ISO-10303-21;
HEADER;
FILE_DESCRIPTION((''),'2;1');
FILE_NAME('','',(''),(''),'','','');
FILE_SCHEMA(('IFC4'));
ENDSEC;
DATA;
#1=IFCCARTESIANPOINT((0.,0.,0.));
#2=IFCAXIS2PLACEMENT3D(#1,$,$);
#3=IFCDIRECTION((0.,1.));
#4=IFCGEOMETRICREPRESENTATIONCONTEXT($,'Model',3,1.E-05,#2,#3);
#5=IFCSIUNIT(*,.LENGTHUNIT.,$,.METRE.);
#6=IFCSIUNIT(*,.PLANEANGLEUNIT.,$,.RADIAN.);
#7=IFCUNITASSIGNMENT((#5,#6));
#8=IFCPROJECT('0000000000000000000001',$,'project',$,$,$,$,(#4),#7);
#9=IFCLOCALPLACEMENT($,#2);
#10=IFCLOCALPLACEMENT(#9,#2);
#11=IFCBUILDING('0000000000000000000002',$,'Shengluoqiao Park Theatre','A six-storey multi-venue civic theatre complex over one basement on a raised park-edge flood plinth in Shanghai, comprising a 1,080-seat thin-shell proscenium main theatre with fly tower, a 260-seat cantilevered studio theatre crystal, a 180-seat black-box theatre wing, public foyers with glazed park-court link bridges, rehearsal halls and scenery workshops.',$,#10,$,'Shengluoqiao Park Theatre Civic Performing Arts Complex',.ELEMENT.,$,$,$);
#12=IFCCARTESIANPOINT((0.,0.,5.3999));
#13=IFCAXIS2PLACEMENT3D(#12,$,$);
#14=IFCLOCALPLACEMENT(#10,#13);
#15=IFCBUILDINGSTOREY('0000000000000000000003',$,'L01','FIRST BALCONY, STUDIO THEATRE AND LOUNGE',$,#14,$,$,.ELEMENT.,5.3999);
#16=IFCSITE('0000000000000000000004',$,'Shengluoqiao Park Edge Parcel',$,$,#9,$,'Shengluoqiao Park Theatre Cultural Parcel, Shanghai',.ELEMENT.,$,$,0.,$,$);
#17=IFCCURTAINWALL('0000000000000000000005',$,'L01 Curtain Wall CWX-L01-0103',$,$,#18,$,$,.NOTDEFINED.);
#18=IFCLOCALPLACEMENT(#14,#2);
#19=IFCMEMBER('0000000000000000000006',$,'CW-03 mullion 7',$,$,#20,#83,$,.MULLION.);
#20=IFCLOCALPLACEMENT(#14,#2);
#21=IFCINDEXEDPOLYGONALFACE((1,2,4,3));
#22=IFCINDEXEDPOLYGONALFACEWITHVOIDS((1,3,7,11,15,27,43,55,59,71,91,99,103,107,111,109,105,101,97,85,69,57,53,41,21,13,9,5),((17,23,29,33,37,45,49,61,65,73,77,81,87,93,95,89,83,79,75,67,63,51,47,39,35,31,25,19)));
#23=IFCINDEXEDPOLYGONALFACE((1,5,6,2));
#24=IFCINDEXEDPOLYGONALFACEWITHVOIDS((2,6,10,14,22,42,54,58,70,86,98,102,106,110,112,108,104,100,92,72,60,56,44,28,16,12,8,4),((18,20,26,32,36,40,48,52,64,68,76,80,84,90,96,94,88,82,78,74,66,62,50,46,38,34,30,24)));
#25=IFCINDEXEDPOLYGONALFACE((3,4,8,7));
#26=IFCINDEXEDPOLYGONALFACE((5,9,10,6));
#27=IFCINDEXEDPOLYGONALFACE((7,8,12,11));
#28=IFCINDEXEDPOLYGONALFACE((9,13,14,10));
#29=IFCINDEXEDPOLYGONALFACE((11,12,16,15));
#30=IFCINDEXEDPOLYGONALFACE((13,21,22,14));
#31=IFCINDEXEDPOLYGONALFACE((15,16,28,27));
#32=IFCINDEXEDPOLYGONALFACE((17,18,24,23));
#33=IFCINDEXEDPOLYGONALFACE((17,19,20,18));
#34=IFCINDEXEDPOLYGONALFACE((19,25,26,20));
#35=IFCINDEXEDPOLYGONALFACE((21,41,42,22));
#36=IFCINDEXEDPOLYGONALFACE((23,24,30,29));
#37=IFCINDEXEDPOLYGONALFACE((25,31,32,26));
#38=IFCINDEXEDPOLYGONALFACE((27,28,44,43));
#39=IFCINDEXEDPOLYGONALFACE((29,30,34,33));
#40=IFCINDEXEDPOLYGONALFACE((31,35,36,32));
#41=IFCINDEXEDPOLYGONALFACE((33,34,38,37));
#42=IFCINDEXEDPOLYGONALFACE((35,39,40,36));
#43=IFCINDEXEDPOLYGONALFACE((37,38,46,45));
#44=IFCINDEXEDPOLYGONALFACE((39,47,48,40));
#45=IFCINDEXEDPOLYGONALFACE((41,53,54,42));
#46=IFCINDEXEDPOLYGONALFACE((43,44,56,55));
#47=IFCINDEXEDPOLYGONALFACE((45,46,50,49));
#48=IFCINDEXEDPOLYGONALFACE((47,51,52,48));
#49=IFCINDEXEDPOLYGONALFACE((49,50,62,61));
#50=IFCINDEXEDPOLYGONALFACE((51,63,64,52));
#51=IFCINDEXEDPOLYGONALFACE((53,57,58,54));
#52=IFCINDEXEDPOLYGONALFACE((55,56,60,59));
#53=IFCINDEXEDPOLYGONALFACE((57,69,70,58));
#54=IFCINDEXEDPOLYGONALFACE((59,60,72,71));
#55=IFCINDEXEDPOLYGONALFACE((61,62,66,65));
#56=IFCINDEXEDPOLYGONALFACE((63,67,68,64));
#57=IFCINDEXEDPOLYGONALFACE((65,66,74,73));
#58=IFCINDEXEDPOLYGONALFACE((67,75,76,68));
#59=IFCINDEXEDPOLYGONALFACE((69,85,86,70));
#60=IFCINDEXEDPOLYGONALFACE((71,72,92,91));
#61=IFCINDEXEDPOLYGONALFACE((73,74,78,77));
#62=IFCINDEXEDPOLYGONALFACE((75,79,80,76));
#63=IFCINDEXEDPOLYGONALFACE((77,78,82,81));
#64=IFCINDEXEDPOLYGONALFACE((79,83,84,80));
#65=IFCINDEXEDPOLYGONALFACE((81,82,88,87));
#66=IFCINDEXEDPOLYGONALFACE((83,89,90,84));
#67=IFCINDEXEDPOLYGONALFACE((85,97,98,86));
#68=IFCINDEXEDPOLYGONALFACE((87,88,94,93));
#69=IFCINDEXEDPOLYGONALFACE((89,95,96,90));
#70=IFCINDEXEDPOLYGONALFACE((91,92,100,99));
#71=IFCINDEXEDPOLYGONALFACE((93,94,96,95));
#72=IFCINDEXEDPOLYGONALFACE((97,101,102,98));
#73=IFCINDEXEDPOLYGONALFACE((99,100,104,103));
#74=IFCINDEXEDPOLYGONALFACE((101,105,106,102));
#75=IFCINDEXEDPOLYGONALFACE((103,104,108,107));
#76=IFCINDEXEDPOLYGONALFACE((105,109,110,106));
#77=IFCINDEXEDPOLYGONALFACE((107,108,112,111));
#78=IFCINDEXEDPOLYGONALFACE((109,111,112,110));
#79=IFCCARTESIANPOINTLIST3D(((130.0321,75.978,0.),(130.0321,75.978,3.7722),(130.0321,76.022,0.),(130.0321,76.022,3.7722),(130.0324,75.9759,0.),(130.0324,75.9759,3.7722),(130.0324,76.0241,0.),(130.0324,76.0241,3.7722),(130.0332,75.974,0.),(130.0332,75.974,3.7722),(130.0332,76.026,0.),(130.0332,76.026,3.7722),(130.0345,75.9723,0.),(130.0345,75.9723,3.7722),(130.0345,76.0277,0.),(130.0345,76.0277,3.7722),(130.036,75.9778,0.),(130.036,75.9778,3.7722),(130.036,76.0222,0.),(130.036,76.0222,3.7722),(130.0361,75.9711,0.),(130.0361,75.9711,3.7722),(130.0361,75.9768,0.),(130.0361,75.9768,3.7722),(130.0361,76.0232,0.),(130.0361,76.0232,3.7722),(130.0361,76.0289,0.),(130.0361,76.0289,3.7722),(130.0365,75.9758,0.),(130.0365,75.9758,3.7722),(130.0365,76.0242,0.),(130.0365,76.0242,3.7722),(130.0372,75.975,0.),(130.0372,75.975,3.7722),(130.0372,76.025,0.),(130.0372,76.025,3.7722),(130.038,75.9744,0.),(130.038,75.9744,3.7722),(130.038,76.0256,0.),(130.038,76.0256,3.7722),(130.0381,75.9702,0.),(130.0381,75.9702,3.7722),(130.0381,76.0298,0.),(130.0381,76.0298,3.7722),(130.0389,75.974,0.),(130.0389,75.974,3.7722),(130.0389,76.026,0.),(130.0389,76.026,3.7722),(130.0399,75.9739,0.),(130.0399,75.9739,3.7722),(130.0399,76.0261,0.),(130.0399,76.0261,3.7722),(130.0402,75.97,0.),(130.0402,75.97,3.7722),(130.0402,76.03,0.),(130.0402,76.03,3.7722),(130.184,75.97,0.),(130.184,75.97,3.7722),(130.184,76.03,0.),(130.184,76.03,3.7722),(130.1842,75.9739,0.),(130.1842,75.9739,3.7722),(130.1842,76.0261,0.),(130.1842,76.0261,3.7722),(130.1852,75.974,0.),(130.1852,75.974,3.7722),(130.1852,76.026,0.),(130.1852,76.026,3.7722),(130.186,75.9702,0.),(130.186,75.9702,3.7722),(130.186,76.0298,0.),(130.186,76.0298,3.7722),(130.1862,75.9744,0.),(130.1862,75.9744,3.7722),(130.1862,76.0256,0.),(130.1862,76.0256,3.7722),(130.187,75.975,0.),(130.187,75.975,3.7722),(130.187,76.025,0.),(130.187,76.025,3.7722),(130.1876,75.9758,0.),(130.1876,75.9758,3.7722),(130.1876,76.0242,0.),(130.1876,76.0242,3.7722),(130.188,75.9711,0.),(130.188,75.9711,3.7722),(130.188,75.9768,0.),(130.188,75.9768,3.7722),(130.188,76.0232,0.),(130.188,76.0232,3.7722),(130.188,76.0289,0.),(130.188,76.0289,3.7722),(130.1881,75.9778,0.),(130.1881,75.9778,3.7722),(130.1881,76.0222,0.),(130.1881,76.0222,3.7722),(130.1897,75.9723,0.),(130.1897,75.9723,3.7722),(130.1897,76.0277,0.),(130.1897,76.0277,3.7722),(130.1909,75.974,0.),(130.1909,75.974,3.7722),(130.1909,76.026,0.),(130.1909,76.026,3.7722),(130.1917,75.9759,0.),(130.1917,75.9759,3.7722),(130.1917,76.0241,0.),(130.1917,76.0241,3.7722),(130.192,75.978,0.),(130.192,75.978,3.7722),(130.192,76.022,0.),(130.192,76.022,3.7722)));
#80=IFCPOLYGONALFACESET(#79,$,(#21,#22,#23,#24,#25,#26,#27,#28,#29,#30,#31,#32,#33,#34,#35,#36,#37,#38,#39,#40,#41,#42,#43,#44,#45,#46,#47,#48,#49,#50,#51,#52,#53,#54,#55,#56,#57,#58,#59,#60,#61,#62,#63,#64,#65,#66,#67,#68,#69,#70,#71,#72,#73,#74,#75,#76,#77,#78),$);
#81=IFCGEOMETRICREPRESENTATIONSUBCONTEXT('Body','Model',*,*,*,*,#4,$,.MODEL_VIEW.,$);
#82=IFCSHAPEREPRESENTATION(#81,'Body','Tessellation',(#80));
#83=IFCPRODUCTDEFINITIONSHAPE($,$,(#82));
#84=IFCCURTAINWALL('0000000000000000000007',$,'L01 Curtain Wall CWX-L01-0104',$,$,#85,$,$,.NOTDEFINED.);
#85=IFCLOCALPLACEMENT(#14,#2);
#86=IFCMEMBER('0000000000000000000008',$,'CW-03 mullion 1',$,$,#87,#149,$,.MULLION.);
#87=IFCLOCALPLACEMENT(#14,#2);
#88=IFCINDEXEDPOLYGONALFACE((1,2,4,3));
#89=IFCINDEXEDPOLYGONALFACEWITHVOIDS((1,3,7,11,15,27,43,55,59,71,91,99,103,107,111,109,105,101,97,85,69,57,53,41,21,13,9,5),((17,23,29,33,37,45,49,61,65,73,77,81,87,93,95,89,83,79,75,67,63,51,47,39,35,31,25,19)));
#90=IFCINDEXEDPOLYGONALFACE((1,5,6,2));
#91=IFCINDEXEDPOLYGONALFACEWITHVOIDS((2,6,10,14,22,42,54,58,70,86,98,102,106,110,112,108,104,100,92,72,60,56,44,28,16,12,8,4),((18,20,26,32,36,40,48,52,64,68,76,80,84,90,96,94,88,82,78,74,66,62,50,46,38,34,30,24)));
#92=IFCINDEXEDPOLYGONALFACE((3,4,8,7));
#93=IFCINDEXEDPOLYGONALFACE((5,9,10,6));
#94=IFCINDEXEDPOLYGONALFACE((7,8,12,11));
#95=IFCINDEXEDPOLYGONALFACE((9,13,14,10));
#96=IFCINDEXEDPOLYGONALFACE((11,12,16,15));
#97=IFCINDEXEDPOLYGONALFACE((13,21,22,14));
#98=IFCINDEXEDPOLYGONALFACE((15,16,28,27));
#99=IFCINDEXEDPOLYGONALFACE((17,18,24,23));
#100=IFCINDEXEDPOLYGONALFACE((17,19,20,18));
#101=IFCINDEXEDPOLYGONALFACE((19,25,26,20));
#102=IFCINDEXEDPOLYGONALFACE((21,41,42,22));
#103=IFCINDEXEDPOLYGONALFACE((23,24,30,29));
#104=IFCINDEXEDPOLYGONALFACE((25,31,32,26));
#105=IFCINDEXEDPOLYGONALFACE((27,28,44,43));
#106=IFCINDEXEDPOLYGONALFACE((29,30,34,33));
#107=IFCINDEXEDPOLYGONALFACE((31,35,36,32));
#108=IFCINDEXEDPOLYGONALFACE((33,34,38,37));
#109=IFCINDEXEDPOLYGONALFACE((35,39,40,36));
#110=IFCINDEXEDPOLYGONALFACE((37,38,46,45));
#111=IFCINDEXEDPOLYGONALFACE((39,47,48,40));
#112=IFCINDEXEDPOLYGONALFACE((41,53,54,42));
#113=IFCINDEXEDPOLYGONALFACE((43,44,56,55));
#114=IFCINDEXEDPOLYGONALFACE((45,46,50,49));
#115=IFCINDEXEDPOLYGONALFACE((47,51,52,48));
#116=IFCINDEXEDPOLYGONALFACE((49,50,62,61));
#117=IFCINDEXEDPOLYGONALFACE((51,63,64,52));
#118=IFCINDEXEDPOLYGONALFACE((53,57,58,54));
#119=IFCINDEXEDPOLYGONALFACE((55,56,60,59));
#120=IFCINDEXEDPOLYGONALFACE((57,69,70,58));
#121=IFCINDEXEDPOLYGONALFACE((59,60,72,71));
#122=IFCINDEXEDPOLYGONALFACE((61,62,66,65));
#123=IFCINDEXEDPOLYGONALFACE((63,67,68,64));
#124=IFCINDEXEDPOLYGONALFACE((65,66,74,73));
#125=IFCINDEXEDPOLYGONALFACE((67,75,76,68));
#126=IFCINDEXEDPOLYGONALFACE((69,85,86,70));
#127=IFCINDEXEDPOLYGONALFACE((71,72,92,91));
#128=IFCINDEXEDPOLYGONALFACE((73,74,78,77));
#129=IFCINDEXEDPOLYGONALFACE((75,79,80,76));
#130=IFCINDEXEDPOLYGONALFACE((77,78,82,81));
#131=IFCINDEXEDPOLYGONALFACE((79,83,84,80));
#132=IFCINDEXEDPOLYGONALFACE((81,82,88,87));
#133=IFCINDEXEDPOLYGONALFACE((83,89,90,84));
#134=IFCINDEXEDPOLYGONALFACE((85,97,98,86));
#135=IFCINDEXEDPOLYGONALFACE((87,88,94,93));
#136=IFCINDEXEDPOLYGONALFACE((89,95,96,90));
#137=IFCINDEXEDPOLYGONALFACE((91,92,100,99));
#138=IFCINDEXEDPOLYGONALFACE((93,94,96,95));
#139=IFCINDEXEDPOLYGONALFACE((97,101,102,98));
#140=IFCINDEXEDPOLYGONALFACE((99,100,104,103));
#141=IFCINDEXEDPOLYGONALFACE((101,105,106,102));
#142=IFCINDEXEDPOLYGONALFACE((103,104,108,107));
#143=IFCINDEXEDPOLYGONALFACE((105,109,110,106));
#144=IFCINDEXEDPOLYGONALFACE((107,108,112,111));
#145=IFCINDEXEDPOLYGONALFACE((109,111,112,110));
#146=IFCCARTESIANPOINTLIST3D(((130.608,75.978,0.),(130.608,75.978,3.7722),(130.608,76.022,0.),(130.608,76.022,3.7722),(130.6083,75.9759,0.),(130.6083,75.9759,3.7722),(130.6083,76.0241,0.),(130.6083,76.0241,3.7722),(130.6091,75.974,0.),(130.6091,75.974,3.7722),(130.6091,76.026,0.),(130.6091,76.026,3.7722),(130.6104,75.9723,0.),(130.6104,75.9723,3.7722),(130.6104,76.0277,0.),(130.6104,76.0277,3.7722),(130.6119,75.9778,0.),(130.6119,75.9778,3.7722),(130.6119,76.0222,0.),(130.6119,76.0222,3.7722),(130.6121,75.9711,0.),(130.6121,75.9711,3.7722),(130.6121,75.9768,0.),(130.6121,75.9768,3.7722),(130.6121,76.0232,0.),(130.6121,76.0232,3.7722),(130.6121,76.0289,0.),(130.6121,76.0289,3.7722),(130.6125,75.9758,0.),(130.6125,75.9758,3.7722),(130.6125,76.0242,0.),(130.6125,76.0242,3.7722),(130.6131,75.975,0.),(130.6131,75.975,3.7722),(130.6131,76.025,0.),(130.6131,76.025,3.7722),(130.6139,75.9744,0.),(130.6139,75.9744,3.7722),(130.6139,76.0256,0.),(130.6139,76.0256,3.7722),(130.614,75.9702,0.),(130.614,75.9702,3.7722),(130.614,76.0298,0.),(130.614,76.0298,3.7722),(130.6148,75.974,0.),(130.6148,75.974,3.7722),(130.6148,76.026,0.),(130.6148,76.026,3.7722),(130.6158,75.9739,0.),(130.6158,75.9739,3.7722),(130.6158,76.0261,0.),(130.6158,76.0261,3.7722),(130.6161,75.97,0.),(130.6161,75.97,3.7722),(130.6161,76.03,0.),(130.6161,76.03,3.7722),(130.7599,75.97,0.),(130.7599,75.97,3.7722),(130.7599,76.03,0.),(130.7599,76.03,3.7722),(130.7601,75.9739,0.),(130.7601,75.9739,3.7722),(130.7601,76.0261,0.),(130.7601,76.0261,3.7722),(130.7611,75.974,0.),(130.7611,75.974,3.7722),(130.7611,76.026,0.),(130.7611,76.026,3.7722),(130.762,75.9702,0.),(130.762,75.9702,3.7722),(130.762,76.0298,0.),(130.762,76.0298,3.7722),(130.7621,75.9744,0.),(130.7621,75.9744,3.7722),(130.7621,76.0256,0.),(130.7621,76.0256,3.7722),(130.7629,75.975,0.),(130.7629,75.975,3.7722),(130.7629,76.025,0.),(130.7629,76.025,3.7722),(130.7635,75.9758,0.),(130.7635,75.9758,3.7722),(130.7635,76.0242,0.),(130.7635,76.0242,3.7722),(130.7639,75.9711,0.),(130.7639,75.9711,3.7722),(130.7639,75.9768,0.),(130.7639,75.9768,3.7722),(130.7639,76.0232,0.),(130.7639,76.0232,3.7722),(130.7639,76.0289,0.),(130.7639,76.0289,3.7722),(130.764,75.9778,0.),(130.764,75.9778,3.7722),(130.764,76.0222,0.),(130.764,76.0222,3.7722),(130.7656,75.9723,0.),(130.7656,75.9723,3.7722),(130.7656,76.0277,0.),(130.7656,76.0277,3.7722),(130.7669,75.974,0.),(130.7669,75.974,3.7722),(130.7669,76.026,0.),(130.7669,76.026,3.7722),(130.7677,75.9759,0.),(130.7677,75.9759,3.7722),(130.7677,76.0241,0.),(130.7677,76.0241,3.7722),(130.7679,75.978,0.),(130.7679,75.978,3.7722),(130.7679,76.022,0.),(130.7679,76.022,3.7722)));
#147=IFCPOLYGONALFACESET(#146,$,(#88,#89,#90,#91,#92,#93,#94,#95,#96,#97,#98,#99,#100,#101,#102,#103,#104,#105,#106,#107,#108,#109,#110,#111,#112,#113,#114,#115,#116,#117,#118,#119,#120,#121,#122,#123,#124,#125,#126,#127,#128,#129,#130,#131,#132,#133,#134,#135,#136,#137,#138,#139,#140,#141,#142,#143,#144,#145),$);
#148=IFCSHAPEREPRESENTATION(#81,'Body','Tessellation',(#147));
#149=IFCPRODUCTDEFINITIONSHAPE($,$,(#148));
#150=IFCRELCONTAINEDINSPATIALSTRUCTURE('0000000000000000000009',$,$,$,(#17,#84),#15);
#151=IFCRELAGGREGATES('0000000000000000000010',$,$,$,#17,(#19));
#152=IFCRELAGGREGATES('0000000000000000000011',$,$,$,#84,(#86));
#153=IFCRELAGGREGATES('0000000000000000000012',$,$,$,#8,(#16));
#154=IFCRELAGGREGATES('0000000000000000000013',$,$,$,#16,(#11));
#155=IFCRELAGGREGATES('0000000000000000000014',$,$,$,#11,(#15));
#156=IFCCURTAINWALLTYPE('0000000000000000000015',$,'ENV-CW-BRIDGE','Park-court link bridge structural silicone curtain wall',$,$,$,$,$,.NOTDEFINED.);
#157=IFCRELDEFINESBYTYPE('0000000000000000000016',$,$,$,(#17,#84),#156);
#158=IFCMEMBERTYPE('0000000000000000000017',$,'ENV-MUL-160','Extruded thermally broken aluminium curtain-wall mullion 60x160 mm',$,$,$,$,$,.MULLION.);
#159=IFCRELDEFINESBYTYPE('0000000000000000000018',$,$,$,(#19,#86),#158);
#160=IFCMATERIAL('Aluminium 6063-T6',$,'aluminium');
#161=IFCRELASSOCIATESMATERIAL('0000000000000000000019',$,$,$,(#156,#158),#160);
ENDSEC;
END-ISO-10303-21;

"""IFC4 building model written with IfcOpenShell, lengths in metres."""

from ifc_helpers import new_model, si_unit, direction, frame, origin, origin_2d, place, context, subcontext, project, spatial, hollow_rectangle, extrude, material, material_profile, profile_set, type_object, element, aggregate, save


model = new_model("IFC4")

# Units and contexts
model_context = context("Model", 3, precision=1e-05, world=origin(), true_north=direction((0.0, 1.0)))
body_context = subcontext(model_context, "Body", "Model", "MODEL_VIEW")
ifc_project = project(units=[si_unit("LENGTHUNIT", "METRE"), si_unit("PLANEANGLEUNIT", "RADIAN")], contexts=[model_context])

# Site, building, storey
site_placement = place(None, origin())
site = spatial("IfcSite", under=ifc_project, at=site_placement, Name="Shengluoqiao Park Edge Parcel", LongName="Shengluoqiao Park Theatre Cultural Parcel, Shanghai", CompositionType="ELEMENT", RefElevation=0.0)
building_placement = place(site_placement, origin())
building = spatial("IfcBuilding", under=site, at=building_placement, Name="Shengluoqiao Park Theatre", Description="A six-storey multi-venue civic theatre complex over one basement on a raised park-edge flood plinth in Shanghai, comprising a 1,080-seat thin-shell proscenium main theatre with fly tower, a 260-seat cantilevered studio theatre crystal, a 180-seat black-box theatre wing, public foyers with glazed park-court link bridges, rehearsal halls and scenery workshops.", LongName="Shengluoqiao Park Theatre Civic Performing Arts Complex", CompositionType="ELEMENT")
storey_placement = place(building_placement, frame((0.0, 0.0, 5.3999)))
storey = spatial("IfcBuildingStorey", under=building, at=storey_placement, Name="L01", Description="FIRST BALCONY, STUDIO THEATRE AND LOUNGE", CompositionType="ELEMENT", Elevation=5.3999)

# Curtain wall, member
ifc_material_1 = material(Name="Aluminium 6063-T6", Category="aluminium")
curtain_wall_type = type_object("IfcCurtainWallType", Name="ENV-CW-BRIDGE", Description="Park-court link bridge structural silicone curtain wall", PredefinedType="NOTDEFINED", material=ifc_material_1)
curtain_wall_1_placement = place(storey_placement, origin())
curtain_wall_1 = element("IfcCurtainWall", 1, at=curtain_wall_1_placement, inside=storey, type_object=curtain_wall_type, Name="L01 Curtain Wall CWX-L01-0103", PredefinedType="NOTDEFINED")
ifc_material_profile_1 = material_profile(ifc_material_1, hollow_rectangle(XDim=0.0601, YDim=0.1599, WallThickness=0.0039, InnerFilletRadius=0.0039, OuterFilletRadius=0.0081, at=origin_2d()), Name="ALU MULLION 160x60x4")
ifc_profile_set_1 = profile_set([ifc_material_profile_1], Name="Aluminium 6063-T6")
member_type_1 = type_object("IfcMemberType", Name="ENV-MUL-160", Description="Extruded thermally broken aluminium curtain-wall mullion 60x160 mm", PredefinedType="MULLION", material=ifc_profile_set_1)
member_1_placement = place(storey_placement, frame((130.1121, 76.0, 0.0), z_axis=(0.0, 0.0, 1.0), x_axis=(0.0, 1.0, 0.0)))
member_1 = element("IfcMember", 2, at=member_1_placement, type_object=member_type_1, Name="CW-03 mullion 7", PredefinedType="MULLION", context=body_context, shape_type="SweptSolid", body=[
    extrude(hollow_rectangle(XDim=0.0601, YDim=0.1599, WallThickness=0.0039, InnerFilletRadius=0.0039, OuterFilletRadius=0.0081, at=origin_2d()), origin(), (0.0, 0.0, 1.0), 3.7722),
])

# Curtain wall, member
curtain_wall_2_placement = place(storey_placement, origin())
curtain_wall_2 = element("IfcCurtainWall", 3, at=curtain_wall_2_placement, inside=storey, type_object=curtain_wall_type, Name="L01 Curtain Wall CWX-L01-0104", PredefinedType="NOTDEFINED")
member_2_placement = place(storey_placement, frame((130.688, 76.0, 0.0), z_axis=(0.0, 0.0, 1.0), x_axis=(0.0, 1.0, 0.0)))
member_2 = element("IfcMember", 4, at=member_2_placement, type_object=member_type_1, Name="CW-03 mullion 1", PredefinedType="MULLION", context=body_context, shape_type="SweptSolid", body=[
    extrude(hollow_rectangle(XDim=0.0601, YDim=0.1599, WallThickness=0.0039, InnerFilletRadius=0.0039, OuterFilletRadius=0.0081, at=origin_2d()), origin(), (0.0, 0.0, 1.0), 3.7722),
])

aggregate(curtain_wall_1, [member_1])
aggregate(curtain_wall_2, [member_2])

save(model, "model.ifc")
